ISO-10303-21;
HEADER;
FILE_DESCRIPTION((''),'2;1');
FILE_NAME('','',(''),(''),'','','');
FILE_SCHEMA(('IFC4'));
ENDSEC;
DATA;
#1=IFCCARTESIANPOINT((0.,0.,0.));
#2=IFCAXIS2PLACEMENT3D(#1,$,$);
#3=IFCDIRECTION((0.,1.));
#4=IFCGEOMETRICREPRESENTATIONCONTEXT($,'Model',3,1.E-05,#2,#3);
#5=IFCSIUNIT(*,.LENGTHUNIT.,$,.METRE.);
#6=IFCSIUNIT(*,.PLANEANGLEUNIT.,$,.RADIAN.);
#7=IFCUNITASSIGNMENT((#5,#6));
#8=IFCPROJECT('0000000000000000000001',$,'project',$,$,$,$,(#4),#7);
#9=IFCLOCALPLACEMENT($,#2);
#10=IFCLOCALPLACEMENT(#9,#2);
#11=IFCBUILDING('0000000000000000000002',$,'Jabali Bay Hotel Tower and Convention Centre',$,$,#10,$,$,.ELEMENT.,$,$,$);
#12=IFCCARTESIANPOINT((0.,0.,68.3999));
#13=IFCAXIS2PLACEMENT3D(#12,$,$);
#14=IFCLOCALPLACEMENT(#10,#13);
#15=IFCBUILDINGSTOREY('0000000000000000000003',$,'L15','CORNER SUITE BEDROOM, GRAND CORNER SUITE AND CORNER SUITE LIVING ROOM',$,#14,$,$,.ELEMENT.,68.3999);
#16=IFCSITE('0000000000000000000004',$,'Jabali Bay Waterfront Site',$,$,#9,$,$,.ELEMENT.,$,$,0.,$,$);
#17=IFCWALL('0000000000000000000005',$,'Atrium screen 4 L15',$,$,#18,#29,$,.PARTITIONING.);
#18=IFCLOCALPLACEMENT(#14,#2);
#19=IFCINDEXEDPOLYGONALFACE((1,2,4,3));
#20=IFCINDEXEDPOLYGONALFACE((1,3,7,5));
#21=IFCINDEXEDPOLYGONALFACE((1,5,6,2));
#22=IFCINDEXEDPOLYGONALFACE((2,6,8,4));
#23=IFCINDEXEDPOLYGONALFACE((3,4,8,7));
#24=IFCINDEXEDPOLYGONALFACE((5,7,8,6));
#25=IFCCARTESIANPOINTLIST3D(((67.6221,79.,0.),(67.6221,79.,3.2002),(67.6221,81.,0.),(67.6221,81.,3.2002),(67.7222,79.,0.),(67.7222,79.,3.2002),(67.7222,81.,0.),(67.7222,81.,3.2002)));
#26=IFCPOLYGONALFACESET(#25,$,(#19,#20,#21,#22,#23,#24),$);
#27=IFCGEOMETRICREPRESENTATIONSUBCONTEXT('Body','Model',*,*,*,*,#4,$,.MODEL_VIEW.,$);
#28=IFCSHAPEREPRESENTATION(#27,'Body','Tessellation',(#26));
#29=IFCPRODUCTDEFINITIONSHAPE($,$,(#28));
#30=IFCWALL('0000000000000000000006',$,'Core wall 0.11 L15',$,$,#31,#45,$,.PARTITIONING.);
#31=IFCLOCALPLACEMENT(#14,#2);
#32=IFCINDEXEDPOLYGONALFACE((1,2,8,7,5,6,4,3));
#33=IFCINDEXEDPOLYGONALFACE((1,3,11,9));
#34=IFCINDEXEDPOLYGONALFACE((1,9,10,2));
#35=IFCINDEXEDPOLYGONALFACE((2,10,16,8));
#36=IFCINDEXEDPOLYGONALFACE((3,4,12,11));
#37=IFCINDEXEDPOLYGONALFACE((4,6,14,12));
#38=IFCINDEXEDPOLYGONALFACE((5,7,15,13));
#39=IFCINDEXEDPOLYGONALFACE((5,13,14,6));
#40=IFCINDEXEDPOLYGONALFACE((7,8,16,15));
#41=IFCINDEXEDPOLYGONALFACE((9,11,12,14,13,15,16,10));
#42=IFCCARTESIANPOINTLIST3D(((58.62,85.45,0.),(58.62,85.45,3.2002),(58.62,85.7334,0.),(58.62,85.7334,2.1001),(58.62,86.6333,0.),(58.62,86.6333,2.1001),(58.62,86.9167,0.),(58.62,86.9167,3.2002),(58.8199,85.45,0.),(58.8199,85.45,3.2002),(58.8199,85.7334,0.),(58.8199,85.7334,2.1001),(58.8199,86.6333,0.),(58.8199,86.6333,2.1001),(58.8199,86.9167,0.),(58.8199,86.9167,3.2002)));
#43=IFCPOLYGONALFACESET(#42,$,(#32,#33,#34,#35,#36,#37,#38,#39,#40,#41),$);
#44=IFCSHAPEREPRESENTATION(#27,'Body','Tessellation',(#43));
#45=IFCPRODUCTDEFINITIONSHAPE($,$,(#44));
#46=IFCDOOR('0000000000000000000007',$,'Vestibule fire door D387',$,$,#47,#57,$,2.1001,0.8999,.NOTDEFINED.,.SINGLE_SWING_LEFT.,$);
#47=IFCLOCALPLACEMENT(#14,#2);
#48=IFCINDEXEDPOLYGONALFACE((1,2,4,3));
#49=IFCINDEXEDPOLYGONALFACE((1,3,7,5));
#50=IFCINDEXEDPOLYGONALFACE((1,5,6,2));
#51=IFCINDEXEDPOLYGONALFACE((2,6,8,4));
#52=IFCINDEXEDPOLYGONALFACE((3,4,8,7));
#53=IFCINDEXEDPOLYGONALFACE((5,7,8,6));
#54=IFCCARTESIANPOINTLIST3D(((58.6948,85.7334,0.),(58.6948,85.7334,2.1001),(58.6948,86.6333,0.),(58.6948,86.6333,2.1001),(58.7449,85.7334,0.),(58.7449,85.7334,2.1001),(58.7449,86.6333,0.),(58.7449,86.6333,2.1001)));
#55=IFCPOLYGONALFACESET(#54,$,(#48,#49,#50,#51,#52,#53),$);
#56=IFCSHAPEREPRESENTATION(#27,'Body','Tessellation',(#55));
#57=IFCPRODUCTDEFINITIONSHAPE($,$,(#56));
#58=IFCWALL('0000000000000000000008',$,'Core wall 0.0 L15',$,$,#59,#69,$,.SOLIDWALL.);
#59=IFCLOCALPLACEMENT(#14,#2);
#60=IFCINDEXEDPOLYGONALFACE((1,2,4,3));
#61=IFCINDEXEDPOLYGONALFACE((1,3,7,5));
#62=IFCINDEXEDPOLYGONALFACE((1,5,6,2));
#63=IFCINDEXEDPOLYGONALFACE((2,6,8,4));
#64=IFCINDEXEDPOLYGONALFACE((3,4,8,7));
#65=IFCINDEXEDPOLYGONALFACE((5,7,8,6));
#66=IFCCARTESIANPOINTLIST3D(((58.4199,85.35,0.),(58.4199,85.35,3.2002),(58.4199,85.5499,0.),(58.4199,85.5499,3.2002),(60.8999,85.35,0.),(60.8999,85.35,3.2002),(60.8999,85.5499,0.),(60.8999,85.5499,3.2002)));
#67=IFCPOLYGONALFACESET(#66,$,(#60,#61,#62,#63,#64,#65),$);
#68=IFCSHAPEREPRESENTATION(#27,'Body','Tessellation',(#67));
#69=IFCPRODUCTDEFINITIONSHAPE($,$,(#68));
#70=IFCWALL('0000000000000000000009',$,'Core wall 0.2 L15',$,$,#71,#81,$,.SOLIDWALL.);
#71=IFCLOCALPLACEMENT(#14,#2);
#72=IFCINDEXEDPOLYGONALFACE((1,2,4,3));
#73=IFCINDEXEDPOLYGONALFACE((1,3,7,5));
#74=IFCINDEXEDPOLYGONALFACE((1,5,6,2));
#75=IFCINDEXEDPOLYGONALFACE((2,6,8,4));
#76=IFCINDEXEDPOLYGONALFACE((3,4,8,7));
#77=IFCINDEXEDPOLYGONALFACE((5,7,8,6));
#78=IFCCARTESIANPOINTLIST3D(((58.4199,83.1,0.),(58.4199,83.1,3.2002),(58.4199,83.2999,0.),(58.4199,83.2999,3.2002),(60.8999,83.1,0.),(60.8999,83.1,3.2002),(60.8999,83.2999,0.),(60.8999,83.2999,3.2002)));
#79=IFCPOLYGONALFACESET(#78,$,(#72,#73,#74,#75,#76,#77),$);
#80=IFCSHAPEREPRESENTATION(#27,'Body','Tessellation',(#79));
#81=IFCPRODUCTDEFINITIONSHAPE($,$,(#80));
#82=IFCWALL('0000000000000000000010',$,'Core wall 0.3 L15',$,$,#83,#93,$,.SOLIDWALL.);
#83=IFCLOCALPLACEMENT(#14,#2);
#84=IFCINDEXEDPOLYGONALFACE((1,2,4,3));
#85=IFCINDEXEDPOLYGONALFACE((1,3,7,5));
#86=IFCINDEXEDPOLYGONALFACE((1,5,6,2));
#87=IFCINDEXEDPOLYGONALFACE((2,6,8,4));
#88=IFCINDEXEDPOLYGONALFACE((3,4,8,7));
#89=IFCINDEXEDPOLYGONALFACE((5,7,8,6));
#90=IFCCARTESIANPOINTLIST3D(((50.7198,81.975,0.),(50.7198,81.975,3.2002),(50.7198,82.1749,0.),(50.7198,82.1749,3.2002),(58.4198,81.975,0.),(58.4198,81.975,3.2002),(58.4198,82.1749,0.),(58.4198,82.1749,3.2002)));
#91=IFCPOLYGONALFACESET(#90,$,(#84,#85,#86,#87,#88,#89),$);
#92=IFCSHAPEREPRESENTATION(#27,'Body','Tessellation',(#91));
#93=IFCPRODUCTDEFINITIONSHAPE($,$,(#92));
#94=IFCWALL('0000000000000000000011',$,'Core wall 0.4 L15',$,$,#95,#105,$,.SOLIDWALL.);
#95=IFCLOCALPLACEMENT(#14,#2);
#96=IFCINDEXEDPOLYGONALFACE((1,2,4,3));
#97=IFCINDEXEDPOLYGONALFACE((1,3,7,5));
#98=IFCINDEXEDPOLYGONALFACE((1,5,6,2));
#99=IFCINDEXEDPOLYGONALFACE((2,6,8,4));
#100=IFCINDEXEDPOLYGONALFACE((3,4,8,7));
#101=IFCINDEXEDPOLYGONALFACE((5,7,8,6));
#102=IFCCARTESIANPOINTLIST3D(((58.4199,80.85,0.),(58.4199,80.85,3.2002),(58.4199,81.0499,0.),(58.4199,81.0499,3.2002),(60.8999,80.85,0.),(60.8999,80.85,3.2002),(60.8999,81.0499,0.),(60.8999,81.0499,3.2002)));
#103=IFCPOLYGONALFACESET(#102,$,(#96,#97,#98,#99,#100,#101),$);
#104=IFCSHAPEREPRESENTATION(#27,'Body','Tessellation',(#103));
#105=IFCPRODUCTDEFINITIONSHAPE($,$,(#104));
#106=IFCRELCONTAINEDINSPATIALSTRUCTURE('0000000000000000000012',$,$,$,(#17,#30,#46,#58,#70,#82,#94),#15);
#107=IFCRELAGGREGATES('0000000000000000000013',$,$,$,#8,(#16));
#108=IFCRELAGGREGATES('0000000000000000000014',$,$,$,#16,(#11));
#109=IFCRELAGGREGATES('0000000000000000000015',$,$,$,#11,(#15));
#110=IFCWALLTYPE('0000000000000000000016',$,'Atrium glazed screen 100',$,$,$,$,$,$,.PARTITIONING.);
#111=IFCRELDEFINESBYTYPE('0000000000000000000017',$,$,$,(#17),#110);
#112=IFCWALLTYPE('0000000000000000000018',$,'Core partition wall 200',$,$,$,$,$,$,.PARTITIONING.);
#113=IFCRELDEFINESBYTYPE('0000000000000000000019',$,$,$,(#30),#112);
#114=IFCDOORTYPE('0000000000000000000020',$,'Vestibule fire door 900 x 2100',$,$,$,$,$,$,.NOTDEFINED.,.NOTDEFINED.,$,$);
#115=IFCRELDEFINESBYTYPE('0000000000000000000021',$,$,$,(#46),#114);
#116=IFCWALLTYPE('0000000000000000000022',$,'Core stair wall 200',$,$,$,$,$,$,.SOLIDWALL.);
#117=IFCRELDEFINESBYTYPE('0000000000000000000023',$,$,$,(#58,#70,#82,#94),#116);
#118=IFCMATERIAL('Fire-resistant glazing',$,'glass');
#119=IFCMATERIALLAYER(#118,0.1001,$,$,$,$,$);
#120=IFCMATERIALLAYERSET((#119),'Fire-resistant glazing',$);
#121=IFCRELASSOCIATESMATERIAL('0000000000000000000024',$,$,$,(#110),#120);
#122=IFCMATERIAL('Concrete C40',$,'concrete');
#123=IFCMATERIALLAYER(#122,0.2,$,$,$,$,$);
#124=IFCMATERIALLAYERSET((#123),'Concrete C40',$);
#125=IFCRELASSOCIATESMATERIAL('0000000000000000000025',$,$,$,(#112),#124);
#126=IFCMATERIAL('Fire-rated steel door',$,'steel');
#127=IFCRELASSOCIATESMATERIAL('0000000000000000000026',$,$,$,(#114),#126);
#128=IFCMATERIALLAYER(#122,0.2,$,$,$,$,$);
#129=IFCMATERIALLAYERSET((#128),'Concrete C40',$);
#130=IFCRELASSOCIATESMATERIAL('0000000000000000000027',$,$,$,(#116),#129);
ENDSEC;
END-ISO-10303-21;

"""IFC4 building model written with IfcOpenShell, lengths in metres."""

from ifc_helpers import new_model, si_unit, direction, frame, frame_2d, origin, place, context, subcontext, project, spatial, rectangle, extrude, material, layer, layer_set, type_object, element, fill, save


model = new_model("IFC4")

# Units and contexts
model_context = context("Model", 3, precision=1e-05, world=origin(), true_north=direction((0.0, 1.0)))
body_context = subcontext(model_context, "Body", "Model", "MODEL_VIEW")
ifc_project = project(units=[si_unit("LENGTHUNIT", "METRE"), si_unit("PLANEANGLEUNIT", "RADIAN")], contexts=[model_context])

# Site, building, storey
site_placement = place(None, origin())
site = spatial("IfcSite", under=ifc_project, at=site_placement, Name="Jabali Bay Waterfront Site", CompositionType="ELEMENT", RefElevation=0.0)
building_placement = place(site_placement, origin())
building = spatial("IfcBuilding", under=site, at=building_placement, Name="Jabali Bay Hotel Tower and Convention Centre", CompositionType="ELEMENT")
storey_placement = place(building_placement, frame((0.0, 0.0, 68.3999)))
storey = spatial("IfcBuildingStorey", under=building, at=storey_placement, Name="L15", Description="CORNER SUITE BEDROOM, GRAND CORNER SUITE AND CORNER SUITE LIVING ROOM", CompositionType="ELEMENT", Elevation=68.3999)

# Wall
ifc_material_1 = material(Name="Fire-resistant glazing", Category="glass")
ifc_layer_1 = layer(ifc_material_1, 0.1001)
ifc_layer_set_1 = layer_set([ifc_layer_1], Name="Fire-resistant glazing")
wall_type_1 = type_object("IfcWallType", Name="Atrium glazed screen 100", PredefinedType="PARTITIONING", material=ifc_layer_set_1)
wall_1_placement = place(storey_placement, frame((67.6721, 81.0, 0.0), z_axis=(0.0, 0.0, 1.0), x_axis=(0.0, -1.0, 0.0)))
element("IfcWall", 1, at=wall_1_placement, inside=storey, type_object=wall_type_1, Name="Atrium screen 4 L15", PredefinedType="PARTITIONING", context=body_context, shape_type="SweptSolid", body=[
    extrude(rectangle(XDim=2.0, YDim=0.1001, at=frame_2d((1.0, 0.0))), origin(), (0.0, 0.0, 1.0), 3.2002),
])

# Wall, opening, door
ifc_material_2 = material(Name="Concrete C40", Category="concrete")
ifc_layer_2 = layer(ifc_material_2, 0.2)
ifc_layer_set_2 = layer_set([ifc_layer_2], Name="Concrete C40")
wall_type_2 = type_object("IfcWallType", Name="Core partition wall 200", PredefinedType="PARTITIONING", material=ifc_layer_set_2)
wall_2_placement = place(storey_placement, frame((58.72, 86.9167, 0.0), z_axis=(0.0, 0.0, 1.0), x_axis=(0.0, -1.0, 0.0)))
wall_2 = element("IfcWall", 2, at=wall_2_placement, inside=storey, type_object=wall_type_2, Name="Core wall 0.11 L15", PredefinedType="PARTITIONING", context=body_context, shape_type="SweptSolid", body=[
    extrude(rectangle(XDim=1.4668, YDim=0.2, at=frame_2d((0.7334, 0.0))), origin(), (0.0, 0.0, 1.0), 3.2002),
])
opening_1_placement = place(wall_2_placement, frame((0.2834, 0.0, 0.0)))
opening_1 = element("IfcOpeningElement", 3, at=opening_1_placement, cuts=wall_2, PredefinedType="OPENING", context=body_context, shape_type="SweptSolid", body=[
    extrude(rectangle(XDim=0.8999, YDim=2.1001, at=frame_2d((0.45, 1.05))), frame((0.0, 0.1104, 0.0), z_axis=(0.0, -1.0, 0.0), x_axis=(1.0, 0.0, 0.0)), (0.0, 0.0, 1.0), 0.2209),
])
ifc_material_3 = material(Name="Fire-rated steel door", Category="steel")
door_type_1 = type_object("IfcDoorType", Name="Vestibule fire door 900 x 2100", OperationType="NOTDEFINED", PredefinedType="NOTDEFINED", material=ifc_material_3)
door_1_placement = place(opening_1_placement, origin())
door_1 = element("IfcDoor", 4, at=door_1_placement, inside=storey, type_object=door_type_1, Name="Vestibule fire door D387", OperationType="SINGLE_SWING_LEFT", OverallHeight=2.1001, OverallWidth=0.8999, PredefinedType="NOTDEFINED", context=body_context, shape_type="SweptSolid", body=[
    extrude(rectangle(XDim=0.8999, YDim=2.1001, at=frame_2d((0.45, 1.05))), frame((0.0, 0.0249, 0.0), z_axis=(0.0, -1.0, 0.0), x_axis=(1.0, 0.0, 0.0)), (0.0, 0.0, 1.0), 0.05),
])
fill(opening_1, door_1)

# Walls
ifc_layer_3 = layer(ifc_material_2, 0.2)
ifc_layer_set_3 = layer_set([ifc_layer_3], Name="Concrete C40")
wall_type_3 = type_object("IfcWallType", Name="Core stair wall 200", PredefinedType="SOLIDWALL", material=ifc_layer_set_3)
for number, where, z_axis, x_axis, name in (
    (5, (60.8999, 85.45, 0.0), (0.0, 0.0, 1.0), (-1.0, 0.0, 0.0), "Core wall 0.0 L15"),
    (6, (60.8999, 83.2, 0.0), (0.0, 0.0, 1.0), (-1.0, 0.0, 0.0), "Core wall 0.2 L15"),
):
    element("IfcWall", number, at=place(storey_placement, frame(where, z_axis=z_axis, x_axis=x_axis)), inside=storey, type_object=wall_type_3, Name=name, PredefinedType="SOLIDWALL", context=body_context, shape_type="SweptSolid", body=[
        extrude(rectangle(XDim=2.48, YDim=0.2, at=frame_2d((1.24, 0.0))), origin(), (0.0, 0.0, 1.0), 3.2002),
    ])
wall_3_placement = place(storey_placement, frame((58.4199, 82.075, 0.0), z_axis=(0.0, 0.0, 1.0), x_axis=(-1.0, 0.0, 0.0)))
element("IfcWall", 7, at=wall_3_placement, inside=storey, type_object=wall_type_3, Name="Core wall 0.3 L15", PredefinedType="SOLIDWALL", context=body_context, shape_type="SweptSolid", body=[
    extrude(rectangle(XDim=7.7, YDim=0.2, at=frame_2d((3.8501, 0.0))), origin(), (0.0, 0.0, 1.0), 3.2002),
])
wall_4_placement = place(storey_placement, frame((60.8999, 80.95, 0.0), z_axis=(0.0, 0.0, 1.0), x_axis=(-1.0, 0.0, 0.0)))
element("IfcWall", 8, at=wall_4_placement, inside=storey, type_object=wall_type_3, Name="Core wall 0.4 L15", PredefinedType="SOLIDWALL", context=body_context, shape_type="SweptSolid", body=[
    extrude(rectangle(XDim=2.48, YDim=0.2, at=frame_2d((1.24, 0.0))), origin(), (0.0, 0.0, 1.0), 3.2002),
])

save(model, "model.ifc")
